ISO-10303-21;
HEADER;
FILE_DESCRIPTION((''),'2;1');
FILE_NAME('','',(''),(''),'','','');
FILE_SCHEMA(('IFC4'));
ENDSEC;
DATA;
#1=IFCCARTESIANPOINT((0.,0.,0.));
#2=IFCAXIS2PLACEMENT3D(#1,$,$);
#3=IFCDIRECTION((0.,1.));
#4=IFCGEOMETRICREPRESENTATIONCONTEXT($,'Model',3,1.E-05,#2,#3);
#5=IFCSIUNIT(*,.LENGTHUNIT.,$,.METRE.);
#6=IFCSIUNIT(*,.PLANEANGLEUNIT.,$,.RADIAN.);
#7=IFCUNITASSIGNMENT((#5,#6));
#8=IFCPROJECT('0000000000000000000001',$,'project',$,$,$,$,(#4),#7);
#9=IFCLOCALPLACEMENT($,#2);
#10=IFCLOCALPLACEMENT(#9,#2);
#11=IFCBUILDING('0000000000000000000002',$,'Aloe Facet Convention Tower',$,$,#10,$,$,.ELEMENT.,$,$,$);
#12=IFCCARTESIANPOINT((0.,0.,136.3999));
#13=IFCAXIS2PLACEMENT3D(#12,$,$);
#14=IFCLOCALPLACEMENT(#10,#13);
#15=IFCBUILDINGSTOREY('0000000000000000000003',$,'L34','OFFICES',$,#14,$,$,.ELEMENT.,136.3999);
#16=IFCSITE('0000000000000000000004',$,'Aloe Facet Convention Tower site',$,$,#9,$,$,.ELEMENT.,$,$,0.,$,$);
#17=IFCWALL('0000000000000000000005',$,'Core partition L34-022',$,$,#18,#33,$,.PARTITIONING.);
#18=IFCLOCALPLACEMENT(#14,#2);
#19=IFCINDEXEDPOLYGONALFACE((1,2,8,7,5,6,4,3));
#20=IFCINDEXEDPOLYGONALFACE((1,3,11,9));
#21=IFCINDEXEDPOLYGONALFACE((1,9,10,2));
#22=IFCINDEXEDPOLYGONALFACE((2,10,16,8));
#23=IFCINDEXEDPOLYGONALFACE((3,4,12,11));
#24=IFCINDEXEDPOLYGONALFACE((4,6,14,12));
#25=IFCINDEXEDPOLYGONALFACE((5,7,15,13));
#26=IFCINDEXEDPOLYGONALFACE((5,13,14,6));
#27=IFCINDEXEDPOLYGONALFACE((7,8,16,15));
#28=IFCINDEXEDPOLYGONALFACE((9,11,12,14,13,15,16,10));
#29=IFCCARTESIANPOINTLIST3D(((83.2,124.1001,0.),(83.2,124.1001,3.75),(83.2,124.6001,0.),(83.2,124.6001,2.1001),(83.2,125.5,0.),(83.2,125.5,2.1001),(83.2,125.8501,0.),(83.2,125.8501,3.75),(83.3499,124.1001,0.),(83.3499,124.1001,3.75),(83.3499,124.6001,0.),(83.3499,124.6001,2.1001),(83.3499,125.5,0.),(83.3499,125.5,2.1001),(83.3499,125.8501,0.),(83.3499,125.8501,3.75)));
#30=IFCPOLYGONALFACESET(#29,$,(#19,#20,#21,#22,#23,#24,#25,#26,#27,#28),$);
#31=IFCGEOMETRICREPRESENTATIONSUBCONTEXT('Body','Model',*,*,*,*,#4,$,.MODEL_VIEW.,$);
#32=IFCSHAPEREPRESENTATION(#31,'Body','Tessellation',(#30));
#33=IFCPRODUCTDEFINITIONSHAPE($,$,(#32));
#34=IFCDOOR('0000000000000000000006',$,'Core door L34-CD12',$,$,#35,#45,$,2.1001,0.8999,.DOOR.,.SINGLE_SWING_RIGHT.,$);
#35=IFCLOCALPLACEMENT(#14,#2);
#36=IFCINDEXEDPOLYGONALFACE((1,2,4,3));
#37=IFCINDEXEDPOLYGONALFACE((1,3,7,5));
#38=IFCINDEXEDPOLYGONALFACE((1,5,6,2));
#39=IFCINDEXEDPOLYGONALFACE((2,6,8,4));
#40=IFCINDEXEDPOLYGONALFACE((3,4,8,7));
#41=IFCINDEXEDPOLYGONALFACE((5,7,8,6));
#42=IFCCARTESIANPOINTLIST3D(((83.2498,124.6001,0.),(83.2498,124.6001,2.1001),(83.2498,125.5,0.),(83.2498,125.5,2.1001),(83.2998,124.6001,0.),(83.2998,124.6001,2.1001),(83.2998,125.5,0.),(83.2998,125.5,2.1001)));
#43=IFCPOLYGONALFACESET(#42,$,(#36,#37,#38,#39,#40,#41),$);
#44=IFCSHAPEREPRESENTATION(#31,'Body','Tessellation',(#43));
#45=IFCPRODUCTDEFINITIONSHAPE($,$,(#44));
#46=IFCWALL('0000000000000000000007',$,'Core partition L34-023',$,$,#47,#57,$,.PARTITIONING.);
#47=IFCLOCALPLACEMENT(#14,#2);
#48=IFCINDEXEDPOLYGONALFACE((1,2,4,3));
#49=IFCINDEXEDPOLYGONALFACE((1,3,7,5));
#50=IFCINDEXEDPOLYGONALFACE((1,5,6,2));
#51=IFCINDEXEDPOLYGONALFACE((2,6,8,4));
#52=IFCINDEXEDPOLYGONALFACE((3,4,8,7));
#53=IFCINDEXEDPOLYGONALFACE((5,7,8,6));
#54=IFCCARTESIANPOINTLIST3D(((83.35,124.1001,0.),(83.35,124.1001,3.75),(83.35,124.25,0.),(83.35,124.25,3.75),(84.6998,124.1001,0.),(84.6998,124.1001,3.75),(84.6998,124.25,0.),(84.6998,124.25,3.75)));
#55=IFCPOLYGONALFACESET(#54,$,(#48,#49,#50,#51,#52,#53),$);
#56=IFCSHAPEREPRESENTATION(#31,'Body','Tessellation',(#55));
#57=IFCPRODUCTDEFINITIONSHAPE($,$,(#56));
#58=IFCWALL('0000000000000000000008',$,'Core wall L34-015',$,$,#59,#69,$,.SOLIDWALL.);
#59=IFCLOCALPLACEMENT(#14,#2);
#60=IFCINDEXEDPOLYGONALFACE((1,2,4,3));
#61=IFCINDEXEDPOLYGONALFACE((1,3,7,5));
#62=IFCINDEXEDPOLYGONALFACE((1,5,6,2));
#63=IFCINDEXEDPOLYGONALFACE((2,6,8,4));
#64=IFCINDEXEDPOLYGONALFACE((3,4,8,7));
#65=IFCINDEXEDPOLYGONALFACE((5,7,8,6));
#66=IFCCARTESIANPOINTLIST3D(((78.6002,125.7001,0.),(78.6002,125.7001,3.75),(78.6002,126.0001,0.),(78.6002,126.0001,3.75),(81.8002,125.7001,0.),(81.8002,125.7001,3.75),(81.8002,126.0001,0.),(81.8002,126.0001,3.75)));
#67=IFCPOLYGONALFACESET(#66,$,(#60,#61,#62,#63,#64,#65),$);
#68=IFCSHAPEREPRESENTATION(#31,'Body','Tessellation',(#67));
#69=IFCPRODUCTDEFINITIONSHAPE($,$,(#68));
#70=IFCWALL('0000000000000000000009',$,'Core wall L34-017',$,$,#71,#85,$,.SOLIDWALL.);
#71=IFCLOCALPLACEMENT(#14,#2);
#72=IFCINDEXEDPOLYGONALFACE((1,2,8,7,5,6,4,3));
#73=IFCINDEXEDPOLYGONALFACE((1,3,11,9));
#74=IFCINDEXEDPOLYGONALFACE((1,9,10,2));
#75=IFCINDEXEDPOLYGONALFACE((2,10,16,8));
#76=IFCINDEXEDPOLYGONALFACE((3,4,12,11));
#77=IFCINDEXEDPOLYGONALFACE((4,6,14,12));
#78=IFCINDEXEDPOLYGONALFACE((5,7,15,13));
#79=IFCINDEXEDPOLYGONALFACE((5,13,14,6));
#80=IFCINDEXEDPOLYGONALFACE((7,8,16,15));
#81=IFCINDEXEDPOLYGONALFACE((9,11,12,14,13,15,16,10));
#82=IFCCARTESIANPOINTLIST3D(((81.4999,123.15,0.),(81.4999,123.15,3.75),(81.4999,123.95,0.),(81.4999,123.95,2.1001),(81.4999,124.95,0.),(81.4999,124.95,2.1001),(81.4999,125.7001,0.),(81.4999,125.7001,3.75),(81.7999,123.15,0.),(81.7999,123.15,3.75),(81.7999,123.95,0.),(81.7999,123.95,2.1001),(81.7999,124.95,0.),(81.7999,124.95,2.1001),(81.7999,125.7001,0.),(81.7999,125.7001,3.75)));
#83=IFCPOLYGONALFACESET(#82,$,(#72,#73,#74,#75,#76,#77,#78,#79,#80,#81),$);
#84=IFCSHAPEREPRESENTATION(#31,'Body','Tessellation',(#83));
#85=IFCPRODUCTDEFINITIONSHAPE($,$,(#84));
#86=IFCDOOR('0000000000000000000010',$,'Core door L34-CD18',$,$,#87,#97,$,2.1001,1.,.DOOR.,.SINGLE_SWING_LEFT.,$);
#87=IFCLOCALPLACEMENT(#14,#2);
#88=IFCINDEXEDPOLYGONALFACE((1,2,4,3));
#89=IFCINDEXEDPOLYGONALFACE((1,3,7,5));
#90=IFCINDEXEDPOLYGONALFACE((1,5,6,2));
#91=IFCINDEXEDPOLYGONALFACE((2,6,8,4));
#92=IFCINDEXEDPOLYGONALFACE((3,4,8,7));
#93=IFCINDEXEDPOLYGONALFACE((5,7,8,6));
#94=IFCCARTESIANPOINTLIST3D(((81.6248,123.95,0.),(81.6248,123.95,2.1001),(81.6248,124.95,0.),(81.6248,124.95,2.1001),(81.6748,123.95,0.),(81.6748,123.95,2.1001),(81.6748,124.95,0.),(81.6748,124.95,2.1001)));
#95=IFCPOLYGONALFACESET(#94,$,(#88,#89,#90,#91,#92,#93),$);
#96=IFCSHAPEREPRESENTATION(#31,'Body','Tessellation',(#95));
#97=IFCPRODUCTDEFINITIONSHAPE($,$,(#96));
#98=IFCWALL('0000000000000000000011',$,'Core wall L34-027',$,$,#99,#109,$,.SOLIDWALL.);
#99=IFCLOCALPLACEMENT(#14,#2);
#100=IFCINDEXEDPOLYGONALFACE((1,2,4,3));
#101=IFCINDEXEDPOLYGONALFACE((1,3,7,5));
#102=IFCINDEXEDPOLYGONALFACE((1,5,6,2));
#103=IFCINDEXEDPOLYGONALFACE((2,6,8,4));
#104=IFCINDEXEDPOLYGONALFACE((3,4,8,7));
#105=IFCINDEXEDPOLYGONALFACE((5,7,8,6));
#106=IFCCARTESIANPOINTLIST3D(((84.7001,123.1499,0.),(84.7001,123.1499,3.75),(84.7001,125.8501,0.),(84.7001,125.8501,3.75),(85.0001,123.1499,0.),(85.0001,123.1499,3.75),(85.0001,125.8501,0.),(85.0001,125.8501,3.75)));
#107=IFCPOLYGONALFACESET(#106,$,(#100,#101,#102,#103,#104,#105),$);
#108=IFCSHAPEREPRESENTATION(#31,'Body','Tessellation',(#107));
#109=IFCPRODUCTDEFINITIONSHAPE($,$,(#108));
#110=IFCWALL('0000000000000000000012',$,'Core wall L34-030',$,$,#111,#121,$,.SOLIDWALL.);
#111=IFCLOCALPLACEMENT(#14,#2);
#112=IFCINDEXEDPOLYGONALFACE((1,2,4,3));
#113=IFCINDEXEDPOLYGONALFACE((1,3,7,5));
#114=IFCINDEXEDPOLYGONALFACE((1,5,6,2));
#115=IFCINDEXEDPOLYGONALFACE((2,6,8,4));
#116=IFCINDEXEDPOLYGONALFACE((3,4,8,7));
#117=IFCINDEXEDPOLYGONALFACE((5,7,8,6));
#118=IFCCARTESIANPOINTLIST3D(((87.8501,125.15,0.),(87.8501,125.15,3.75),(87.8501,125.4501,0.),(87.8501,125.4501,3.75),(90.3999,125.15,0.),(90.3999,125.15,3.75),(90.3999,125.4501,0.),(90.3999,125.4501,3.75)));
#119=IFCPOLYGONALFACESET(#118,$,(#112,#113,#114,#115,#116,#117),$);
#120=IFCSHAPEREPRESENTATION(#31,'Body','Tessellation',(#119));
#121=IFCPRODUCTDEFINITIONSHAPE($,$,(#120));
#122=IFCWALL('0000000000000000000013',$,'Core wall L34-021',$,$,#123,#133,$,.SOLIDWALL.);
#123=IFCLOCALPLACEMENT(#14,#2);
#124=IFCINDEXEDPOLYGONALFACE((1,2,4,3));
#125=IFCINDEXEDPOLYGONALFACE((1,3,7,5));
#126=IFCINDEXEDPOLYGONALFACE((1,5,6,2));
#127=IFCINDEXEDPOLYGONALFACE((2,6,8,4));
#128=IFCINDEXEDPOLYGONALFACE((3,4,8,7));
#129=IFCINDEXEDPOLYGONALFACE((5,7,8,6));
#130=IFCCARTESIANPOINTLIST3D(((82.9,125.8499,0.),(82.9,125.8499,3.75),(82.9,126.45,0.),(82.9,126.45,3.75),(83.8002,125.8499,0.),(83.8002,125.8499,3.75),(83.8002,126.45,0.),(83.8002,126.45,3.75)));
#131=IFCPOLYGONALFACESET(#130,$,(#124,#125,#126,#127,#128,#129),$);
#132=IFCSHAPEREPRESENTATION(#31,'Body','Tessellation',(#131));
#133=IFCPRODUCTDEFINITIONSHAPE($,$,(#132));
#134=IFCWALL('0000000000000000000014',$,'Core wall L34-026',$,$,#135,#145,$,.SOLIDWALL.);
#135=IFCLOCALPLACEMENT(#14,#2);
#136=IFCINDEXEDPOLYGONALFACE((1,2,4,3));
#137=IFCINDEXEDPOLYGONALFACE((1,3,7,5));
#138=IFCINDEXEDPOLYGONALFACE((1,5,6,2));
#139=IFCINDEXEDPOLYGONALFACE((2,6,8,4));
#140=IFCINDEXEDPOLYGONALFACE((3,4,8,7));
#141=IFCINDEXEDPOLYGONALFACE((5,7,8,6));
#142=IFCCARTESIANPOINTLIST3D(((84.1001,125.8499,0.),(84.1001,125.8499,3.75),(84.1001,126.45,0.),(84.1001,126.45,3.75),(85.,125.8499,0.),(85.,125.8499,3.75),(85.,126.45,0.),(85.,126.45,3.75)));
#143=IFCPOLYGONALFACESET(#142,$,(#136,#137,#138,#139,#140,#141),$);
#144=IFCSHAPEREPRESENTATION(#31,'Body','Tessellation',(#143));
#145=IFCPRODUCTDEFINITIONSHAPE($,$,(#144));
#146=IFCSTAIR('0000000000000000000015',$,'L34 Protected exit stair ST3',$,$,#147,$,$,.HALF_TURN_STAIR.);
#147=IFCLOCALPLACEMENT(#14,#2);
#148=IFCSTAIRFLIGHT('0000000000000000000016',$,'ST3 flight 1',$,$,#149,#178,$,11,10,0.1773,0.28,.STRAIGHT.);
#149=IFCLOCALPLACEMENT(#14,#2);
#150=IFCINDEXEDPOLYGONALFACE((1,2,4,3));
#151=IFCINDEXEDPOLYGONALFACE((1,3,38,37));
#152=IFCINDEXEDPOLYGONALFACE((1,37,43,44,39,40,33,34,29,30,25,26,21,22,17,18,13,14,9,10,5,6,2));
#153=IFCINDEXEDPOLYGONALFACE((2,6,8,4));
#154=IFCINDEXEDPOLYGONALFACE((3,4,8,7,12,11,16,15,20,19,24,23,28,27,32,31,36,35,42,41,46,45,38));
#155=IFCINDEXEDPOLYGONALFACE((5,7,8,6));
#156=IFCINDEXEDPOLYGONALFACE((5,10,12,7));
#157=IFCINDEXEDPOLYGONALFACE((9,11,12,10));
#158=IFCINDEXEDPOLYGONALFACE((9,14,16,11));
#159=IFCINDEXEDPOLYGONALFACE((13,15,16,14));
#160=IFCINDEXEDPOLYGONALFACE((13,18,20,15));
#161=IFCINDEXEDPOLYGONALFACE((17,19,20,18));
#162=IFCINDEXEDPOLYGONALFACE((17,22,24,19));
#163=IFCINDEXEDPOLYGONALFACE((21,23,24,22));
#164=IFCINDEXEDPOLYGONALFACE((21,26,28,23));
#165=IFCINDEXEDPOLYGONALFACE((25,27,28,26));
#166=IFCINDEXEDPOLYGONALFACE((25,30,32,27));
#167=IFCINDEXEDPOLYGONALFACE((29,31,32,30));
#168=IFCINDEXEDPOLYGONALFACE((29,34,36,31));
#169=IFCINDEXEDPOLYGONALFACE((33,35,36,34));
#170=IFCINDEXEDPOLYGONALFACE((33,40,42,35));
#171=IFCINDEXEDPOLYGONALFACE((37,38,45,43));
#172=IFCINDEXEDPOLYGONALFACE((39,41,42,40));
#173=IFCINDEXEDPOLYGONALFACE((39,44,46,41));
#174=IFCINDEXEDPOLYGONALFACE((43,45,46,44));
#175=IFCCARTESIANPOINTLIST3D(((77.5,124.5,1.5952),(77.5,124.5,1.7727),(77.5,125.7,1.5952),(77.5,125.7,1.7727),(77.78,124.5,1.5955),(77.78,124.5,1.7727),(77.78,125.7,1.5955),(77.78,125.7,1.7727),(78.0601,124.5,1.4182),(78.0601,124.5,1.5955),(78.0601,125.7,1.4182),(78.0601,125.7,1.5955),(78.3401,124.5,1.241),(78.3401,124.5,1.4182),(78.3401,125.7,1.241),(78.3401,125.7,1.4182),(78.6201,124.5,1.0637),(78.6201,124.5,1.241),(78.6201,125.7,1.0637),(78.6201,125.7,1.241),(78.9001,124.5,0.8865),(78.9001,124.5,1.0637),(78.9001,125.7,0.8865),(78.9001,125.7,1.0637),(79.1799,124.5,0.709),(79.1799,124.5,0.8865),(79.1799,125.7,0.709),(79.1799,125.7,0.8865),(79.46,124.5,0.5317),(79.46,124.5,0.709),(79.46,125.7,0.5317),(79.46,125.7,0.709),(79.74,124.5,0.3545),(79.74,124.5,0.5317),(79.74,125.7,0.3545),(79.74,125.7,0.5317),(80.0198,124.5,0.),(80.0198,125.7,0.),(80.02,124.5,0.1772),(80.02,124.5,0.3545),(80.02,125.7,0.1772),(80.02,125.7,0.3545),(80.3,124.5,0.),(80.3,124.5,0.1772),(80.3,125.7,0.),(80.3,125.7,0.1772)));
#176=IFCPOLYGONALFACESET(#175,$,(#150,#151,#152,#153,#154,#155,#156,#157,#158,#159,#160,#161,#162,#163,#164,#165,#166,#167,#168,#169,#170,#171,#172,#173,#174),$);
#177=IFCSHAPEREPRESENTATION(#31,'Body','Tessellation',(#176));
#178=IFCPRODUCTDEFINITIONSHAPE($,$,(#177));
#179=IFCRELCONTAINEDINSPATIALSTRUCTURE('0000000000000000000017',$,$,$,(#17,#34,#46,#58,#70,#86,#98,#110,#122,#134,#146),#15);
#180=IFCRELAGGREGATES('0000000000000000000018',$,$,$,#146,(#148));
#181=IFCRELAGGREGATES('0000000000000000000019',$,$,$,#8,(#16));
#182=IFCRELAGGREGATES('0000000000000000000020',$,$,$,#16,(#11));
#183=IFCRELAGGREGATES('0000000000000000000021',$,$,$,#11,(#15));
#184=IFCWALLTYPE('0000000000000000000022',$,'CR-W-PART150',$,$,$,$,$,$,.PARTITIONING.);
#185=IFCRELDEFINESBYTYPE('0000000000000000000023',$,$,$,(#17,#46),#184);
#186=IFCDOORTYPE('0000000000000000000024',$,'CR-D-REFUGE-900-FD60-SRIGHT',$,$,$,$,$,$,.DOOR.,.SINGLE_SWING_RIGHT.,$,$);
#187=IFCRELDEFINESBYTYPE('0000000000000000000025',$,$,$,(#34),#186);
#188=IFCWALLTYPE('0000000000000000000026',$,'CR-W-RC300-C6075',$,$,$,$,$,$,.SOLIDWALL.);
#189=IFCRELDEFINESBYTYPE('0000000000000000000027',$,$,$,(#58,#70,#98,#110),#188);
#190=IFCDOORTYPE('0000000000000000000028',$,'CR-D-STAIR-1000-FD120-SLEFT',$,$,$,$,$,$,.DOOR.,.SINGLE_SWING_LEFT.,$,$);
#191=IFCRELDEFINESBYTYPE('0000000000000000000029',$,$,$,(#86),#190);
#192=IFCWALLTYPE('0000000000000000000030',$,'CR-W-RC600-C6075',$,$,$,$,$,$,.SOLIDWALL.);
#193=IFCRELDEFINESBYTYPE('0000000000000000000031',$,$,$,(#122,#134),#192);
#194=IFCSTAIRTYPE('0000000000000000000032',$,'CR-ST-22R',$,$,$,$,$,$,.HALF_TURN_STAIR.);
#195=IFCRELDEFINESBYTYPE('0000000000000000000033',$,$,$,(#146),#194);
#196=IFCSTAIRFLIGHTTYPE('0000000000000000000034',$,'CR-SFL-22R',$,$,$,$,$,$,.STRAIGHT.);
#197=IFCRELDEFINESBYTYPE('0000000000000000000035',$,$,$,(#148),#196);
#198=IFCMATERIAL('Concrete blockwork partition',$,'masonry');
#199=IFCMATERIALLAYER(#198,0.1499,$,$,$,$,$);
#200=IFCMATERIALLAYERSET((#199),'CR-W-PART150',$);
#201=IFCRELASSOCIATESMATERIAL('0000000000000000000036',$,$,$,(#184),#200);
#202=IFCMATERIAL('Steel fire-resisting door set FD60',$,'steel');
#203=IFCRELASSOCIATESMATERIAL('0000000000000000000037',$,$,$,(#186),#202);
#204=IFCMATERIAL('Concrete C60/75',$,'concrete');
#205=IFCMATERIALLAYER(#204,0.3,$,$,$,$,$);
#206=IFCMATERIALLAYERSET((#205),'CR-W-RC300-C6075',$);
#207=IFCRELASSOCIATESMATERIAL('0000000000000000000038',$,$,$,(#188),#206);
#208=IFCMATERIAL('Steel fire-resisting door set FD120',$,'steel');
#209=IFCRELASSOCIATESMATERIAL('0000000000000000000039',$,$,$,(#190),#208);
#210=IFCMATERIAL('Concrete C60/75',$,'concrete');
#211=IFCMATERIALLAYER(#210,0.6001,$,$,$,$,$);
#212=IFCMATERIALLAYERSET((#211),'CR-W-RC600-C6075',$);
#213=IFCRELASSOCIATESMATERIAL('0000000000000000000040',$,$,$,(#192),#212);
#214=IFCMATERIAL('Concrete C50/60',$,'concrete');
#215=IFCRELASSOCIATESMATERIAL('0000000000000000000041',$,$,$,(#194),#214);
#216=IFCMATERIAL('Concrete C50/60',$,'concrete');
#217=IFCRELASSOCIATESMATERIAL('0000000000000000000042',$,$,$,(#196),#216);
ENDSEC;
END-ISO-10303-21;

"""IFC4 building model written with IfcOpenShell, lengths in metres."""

from ifc_helpers import new_model, si_unit, direction, frame, frame_2d, origin, place, context, subcontext, project, spatial, polyline, rectangle, outline, extrude, material, layer, layer_set, type_object, element, fill, aggregate, save


model = new_model("IFC4")

# Units and contexts
model_context = context("Model", 3, precision=1e-05, world=origin(), true_north=direction((0.0, 1.0)))
body_context = subcontext(model_context, "Body", "Model", "MODEL_VIEW")
ifc_project = project(units=[si_unit("LENGTHUNIT", "METRE"), si_unit("PLANEANGLEUNIT", "RADIAN")], contexts=[model_context])

# Site, building, storey
site_placement = place(None, origin())
site = spatial("IfcSite", under=ifc_project, at=site_placement, Name="Aloe Facet Convention Tower site", CompositionType="ELEMENT", RefElevation=0.0)
building_placement = place(site_placement, origin())
building = spatial("IfcBuilding", under=site, at=building_placement, Name="Aloe Facet Convention Tower", CompositionType="ELEMENT")
storey_placement = place(building_placement, frame((0.0, 0.0, 136.3999)))
storey = spatial("IfcBuildingStorey", under=building, at=storey_placement, Name="L34", Description="OFFICES", CompositionType="ELEMENT", Elevation=136.3999)

# Wall, opening, door
ifc_material_1 = material(Name="Concrete blockwork partition", Category="masonry")
ifc_layer_1 = layer(ifc_material_1, 0.1499)
ifc_layer_set_1 = layer_set([ifc_layer_1], Name="CR-W-PART150")
wall_type_1 = type_object("IfcWallType", Name="CR-W-PART150", PredefinedType="PARTITIONING", material=ifc_layer_set_1)
wall_1_placement = place(storey_placement, frame((83.2749, 125.8501, 0.0), z_axis=(0.0, 0.0, 1.0), x_axis=(0.0, -1.0, 0.0)))
wall_1 = element("IfcWall", 1, at=wall_1_placement, inside=storey, type_object=wall_type_1, Name="Core partition L34-022", PredefinedType="PARTITIONING", context=body_context, shape_type="SweptSolid", body=[
    extrude(rectangle(XDim=1.75, YDim=0.1499, at=frame_2d((0.875, 0.0))), origin(), (0.0, 0.0, 1.0), 3.75),
])
opening_1_placement = place(wall_1_placement, frame((0.3501, 0.0, 0.0)))
opening_1 = element("IfcOpeningElement", 2, at=opening_1_placement, cuts=wall_1, PredefinedType="OPENING", context=body_context, shape_type="SweptSolid", body=[
    extrude(rectangle(XDim=0.8999, YDim=2.1001, at=frame_2d((0.45, 1.05))), frame((0.0, 0.085, 0.0), z_axis=(0.0, -1.0, 0.0), x_axis=(1.0, 0.0, 0.0)), (0.0, 0.0, 1.0), 0.1699),
])
ifc_material_2 = material(Name="Steel fire-resisting door set FD60", Category="steel")
door_type_1 = type_object("IfcDoorType", Name="CR-D-REFUGE-900-FD60-SRIGHT", OperationType="SINGLE_SWING_RIGHT", PredefinedType="DOOR", material=ifc_material_2)
door_1_placement = place(opening_1_placement, origin())
door_1 = element("IfcDoor", 3, at=door_1_placement, inside=storey, type_object=door_type_1, Name="Core door L34-CD12", OperationType="SINGLE_SWING_RIGHT", OverallHeight=2.1001, OverallWidth=0.8999, PredefinedType="DOOR", context=body_context, shape_type="SweptSolid", body=[
    extrude(rectangle(XDim=0.8999, YDim=2.1001, at=frame_2d((0.45, 1.05))), frame((0.0, 0.0249, 0.0), z_axis=(0.0, -1.0, 0.0), x_axis=(1.0, 0.0, 0.0)), (0.0, 0.0, 1.0), 0.05),
])
fill(opening_1, door_1)

# Walls
wall_2_placement = place(storey_placement, frame((83.3501, 124.175, 0.0), z_axis=(0.0, 0.0, 1.0), x_axis=(1.0, 0.0, 0.0)))
element("IfcWall", 4, at=wall_2_placement, inside=storey, type_object=wall_type_1, Name="Core partition L34-023", PredefinedType="PARTITIONING", context=body_context, shape_type="SweptSolid", body=[
    extrude(rectangle(XDim=1.3499, YDim=0.1499, at=frame_2d((0.6748, 0.0))), origin(), (0.0, 0.0, 1.0), 3.75),
])
ifc_material_3 = material(Name="Concrete C60/75", Category="concrete")
ifc_layer_2 = layer(ifc_material_3, 0.3)
ifc_layer_set_2 = layer_set([ifc_layer_2], Name="CR-W-RC300-C6075")
wall_type_2 = type_object("IfcWallType", Name="CR-W-RC300-C6075", PredefinedType="SOLIDWALL", material=ifc_layer_set_2)
wall_3_placement = place(storey_placement, frame((78.6001, 125.8501, 0.0), z_axis=(0.0, 0.0, 1.0), x_axis=(1.0, 0.0, 0.0)))
element("IfcWall", 5, at=wall_3_placement, inside=storey, type_object=wall_type_2, Name="Core wall L34-015", PredefinedType="SOLIDWALL", context=body_context, shape_type="SweptSolid", body=[
    extrude(rectangle(XDim=3.2, YDim=0.3, at=frame_2d((1.6001, 0.0))), origin(), (0.0, 0.0, 1.0), 3.75),
])

# Wall, opening, door
wall_4_placement = place(storey_placement, frame((81.6499, 125.7, 0.0), z_axis=(0.0, 0.0, 1.0), x_axis=(0.0, -1.0, 0.0)))
wall_4 = element("IfcWall", 6, at=wall_4_placement, inside=storey, type_object=wall_type_2, Name="Core wall L34-017", PredefinedType="SOLIDWALL", context=body_context, shape_type="SweptSolid", body=[
    extrude(rectangle(XDim=2.55, YDim=0.3, at=frame_2d((1.2749, 0.0))), origin(), (0.0, 0.0, 1.0), 3.75),
])
opening_2_placement = place(wall_4_placement, frame((0.75, 0.0, 0.0)))
opening_2 = element("IfcOpeningElement", 7, at=opening_2_placement, cuts=wall_4, PredefinedType="OPENING", context=body_context, shape_type="SweptSolid", body=[
    extrude(rectangle(XDim=1.0, YDim=2.1001, at=frame_2d((0.5, 1.05))), frame((0.0, 0.1602, 0.0), z_axis=(0.0, -1.0, 0.0), x_axis=(1.0, 0.0, 0.0)), (0.0, 0.0, 1.0), 0.3201),
])
ifc_material_4 = material(Name="Steel fire-resisting door set FD120", Category="steel")
door_type_2 = type_object("IfcDoorType", Name="CR-D-STAIR-1000-FD120-SLEFT", OperationType="SINGLE_SWING_LEFT", PredefinedType="DOOR", material=ifc_material_4)
door_2_placement = place(opening_2_placement, origin())
door_2 = element("IfcDoor", 8, at=door_2_placement, inside=storey, type_object=door_type_2, Name="Core door L34-CD18", OperationType="SINGLE_SWING_LEFT", OverallHeight=2.1001, OverallWidth=1.0, PredefinedType="DOOR", context=body_context, shape_type="SweptSolid", body=[
    extrude(rectangle(XDim=1.0, YDim=2.1001, at=frame_2d((0.5, 1.05))), frame((0.0, 0.0249, 0.0), z_axis=(0.0, -1.0, 0.0), x_axis=(1.0, 0.0, 0.0)), (0.0, 0.0, 1.0), 0.05),
])
fill(opening_2, door_2)

# Walls
wall_5_placement = place(storey_placement, frame((84.8501, 125.8501, 0.0), z_axis=(0.0, 0.0, 1.0), x_axis=(0.0, -1.0, 0.0)))
element("IfcWall", 9, at=wall_5_placement, inside=storey, type_object=wall_type_2, Name="Core wall L34-027", PredefinedType="SOLIDWALL", context=body_context, shape_type="SweptSolid", body=[
    extrude(rectangle(XDim=2.7002, YDim=0.3, at=frame_2d((1.3501, 0.0))), origin(), (0.0, 0.0, 1.0), 3.75),
])
wall_6_placement = place(storey_placement, frame((87.8501, 125.3, 0.0), z_axis=(0.0, 0.0, 1.0), x_axis=(1.0, 0.0, 0.0)))
element("IfcWall", 10, at=wall_6_placement, inside=storey, type_object=wall_type_2, Name="Core wall L34-030", PredefinedType="SOLIDWALL", context=body_context, shape_type="SweptSolid", body=[
    extrude(rectangle(XDim=2.5498, YDim=0.3, at=frame_2d((1.2749, 0.0))), origin(), (0.0, 0.0, 1.0), 3.75),
])
ifc_material_5 = material(Name="Concrete C60/75", Category="concrete")
ifc_layer_3 = layer(ifc_material_5, 0.6001)
ifc_layer_set_3 = layer_set([ifc_layer_3], Name="CR-W-RC600-C6075")
wall_type_3 = type_object("IfcWallType", Name="CR-W-RC600-C6075", PredefinedType="SOLIDWALL", material=ifc_layer_set_3)
wall_7_placement = place(storey_placement, frame((82.8999, 126.1499, 0.0), z_axis=(0.0, 0.0, 1.0), x_axis=(1.0, 0.0, 0.0)))
element("IfcWall", 11, at=wall_7_placement, inside=storey, type_object=wall_type_3, Name="Core wall L34-021", PredefinedType="SOLIDWALL", context=body_context, shape_type="SweptSolid", body=[
    extrude(rectangle(XDim=0.9001, YDim=0.6001, at=frame_2d((0.4502, 0.0))), origin(), (0.0, 0.0, 1.0), 3.75),
])
wall_8_placement = place(storey_placement, frame((84.1001, 126.1499, 0.0), z_axis=(0.0, 0.0, 1.0), x_axis=(1.0, 0.0, 0.0)))
element("IfcWall", 12, at=wall_8_placement, inside=storey, type_object=wall_type_3, Name="Core wall L34-026", PredefinedType="SOLIDWALL", context=body_context, shape_type="SweptSolid", body=[
    extrude(rectangle(XDim=0.8999, YDim=0.6001, at=frame_2d((0.45, 0.0))), origin(), (0.0, 0.0, 1.0), 3.75),
])

# Stair, stair flight
ifc_material_6 = material(Name="Concrete C50/60", Category="concrete")
stair_type = type_object("IfcStairType", Name="CR-ST-22R", PredefinedType="HALF_TURN_STAIR", material=ifc_material_6)
stair_placement = place(storey_placement, origin())
stair = element("IfcStair", 13, at=stair_placement, inside=storey, type_object=stair_type, Name="L34 Protected exit stair ST3", PredefinedType="HALF_TURN_STAIR")
ifc_material_7 = material(Name="Concrete C50/60", Category="concrete")
stair_flight_type = type_object("IfcStairFlightType", Name="CR-SFL-22R", PredefinedType="STRAIGHT", material=ifc_material_7)
stair_flight_placement = place(storey_placement, frame((80.3, 125.1001, 0.0), z_axis=(0.0, 0.0, 1.0), x_axis=(-1.0, 0.0, 0.0)))
stair_flight = element("IfcStairFlight", 14, at=stair_flight_placement, type_object=stair_flight_type, Name="ST3 flight 1", NumberOfRisers=11, NumberOfTreads=10, PredefinedType="STRAIGHT", RiserHeight=0.1773, TreadLength=0.28, context=body_context, shape_type="SweptSolid", body=[
    extrude(outline(polyline([(0.0, 0.0), (0.0, 0.1772), (0.28, 0.1772), (0.28, 0.3545), (0.5601, 0.3545), (0.5601, 0.5317), (0.8401, 0.5317), (0.8401, 0.709), (1.1201, 0.709), (1.1201, 0.8865), (1.3999, 0.8865), (1.3999, 1.0637), (1.6799, 1.0637), (1.6799, 1.241), (1.96, 1.241), (1.96, 1.4182), (2.24, 1.4182), (2.24, 1.5955), (2.52, 1.5955), (2.52, 1.7727), (2.8, 1.7727), (2.8, 1.95), (2.8, 1.5952), (0.2803, 0.0), (0.0, 0.0)])), frame((0.0, 0.6001, 0.0), z_axis=(0.0, -1.0, 0.0), x_axis=(1.0, 0.0, 0.0)), (0.0, 0.0, 1.0), 1.2),
])
aggregate(stair, [stair_flight])

save(model, "model.ifc")
